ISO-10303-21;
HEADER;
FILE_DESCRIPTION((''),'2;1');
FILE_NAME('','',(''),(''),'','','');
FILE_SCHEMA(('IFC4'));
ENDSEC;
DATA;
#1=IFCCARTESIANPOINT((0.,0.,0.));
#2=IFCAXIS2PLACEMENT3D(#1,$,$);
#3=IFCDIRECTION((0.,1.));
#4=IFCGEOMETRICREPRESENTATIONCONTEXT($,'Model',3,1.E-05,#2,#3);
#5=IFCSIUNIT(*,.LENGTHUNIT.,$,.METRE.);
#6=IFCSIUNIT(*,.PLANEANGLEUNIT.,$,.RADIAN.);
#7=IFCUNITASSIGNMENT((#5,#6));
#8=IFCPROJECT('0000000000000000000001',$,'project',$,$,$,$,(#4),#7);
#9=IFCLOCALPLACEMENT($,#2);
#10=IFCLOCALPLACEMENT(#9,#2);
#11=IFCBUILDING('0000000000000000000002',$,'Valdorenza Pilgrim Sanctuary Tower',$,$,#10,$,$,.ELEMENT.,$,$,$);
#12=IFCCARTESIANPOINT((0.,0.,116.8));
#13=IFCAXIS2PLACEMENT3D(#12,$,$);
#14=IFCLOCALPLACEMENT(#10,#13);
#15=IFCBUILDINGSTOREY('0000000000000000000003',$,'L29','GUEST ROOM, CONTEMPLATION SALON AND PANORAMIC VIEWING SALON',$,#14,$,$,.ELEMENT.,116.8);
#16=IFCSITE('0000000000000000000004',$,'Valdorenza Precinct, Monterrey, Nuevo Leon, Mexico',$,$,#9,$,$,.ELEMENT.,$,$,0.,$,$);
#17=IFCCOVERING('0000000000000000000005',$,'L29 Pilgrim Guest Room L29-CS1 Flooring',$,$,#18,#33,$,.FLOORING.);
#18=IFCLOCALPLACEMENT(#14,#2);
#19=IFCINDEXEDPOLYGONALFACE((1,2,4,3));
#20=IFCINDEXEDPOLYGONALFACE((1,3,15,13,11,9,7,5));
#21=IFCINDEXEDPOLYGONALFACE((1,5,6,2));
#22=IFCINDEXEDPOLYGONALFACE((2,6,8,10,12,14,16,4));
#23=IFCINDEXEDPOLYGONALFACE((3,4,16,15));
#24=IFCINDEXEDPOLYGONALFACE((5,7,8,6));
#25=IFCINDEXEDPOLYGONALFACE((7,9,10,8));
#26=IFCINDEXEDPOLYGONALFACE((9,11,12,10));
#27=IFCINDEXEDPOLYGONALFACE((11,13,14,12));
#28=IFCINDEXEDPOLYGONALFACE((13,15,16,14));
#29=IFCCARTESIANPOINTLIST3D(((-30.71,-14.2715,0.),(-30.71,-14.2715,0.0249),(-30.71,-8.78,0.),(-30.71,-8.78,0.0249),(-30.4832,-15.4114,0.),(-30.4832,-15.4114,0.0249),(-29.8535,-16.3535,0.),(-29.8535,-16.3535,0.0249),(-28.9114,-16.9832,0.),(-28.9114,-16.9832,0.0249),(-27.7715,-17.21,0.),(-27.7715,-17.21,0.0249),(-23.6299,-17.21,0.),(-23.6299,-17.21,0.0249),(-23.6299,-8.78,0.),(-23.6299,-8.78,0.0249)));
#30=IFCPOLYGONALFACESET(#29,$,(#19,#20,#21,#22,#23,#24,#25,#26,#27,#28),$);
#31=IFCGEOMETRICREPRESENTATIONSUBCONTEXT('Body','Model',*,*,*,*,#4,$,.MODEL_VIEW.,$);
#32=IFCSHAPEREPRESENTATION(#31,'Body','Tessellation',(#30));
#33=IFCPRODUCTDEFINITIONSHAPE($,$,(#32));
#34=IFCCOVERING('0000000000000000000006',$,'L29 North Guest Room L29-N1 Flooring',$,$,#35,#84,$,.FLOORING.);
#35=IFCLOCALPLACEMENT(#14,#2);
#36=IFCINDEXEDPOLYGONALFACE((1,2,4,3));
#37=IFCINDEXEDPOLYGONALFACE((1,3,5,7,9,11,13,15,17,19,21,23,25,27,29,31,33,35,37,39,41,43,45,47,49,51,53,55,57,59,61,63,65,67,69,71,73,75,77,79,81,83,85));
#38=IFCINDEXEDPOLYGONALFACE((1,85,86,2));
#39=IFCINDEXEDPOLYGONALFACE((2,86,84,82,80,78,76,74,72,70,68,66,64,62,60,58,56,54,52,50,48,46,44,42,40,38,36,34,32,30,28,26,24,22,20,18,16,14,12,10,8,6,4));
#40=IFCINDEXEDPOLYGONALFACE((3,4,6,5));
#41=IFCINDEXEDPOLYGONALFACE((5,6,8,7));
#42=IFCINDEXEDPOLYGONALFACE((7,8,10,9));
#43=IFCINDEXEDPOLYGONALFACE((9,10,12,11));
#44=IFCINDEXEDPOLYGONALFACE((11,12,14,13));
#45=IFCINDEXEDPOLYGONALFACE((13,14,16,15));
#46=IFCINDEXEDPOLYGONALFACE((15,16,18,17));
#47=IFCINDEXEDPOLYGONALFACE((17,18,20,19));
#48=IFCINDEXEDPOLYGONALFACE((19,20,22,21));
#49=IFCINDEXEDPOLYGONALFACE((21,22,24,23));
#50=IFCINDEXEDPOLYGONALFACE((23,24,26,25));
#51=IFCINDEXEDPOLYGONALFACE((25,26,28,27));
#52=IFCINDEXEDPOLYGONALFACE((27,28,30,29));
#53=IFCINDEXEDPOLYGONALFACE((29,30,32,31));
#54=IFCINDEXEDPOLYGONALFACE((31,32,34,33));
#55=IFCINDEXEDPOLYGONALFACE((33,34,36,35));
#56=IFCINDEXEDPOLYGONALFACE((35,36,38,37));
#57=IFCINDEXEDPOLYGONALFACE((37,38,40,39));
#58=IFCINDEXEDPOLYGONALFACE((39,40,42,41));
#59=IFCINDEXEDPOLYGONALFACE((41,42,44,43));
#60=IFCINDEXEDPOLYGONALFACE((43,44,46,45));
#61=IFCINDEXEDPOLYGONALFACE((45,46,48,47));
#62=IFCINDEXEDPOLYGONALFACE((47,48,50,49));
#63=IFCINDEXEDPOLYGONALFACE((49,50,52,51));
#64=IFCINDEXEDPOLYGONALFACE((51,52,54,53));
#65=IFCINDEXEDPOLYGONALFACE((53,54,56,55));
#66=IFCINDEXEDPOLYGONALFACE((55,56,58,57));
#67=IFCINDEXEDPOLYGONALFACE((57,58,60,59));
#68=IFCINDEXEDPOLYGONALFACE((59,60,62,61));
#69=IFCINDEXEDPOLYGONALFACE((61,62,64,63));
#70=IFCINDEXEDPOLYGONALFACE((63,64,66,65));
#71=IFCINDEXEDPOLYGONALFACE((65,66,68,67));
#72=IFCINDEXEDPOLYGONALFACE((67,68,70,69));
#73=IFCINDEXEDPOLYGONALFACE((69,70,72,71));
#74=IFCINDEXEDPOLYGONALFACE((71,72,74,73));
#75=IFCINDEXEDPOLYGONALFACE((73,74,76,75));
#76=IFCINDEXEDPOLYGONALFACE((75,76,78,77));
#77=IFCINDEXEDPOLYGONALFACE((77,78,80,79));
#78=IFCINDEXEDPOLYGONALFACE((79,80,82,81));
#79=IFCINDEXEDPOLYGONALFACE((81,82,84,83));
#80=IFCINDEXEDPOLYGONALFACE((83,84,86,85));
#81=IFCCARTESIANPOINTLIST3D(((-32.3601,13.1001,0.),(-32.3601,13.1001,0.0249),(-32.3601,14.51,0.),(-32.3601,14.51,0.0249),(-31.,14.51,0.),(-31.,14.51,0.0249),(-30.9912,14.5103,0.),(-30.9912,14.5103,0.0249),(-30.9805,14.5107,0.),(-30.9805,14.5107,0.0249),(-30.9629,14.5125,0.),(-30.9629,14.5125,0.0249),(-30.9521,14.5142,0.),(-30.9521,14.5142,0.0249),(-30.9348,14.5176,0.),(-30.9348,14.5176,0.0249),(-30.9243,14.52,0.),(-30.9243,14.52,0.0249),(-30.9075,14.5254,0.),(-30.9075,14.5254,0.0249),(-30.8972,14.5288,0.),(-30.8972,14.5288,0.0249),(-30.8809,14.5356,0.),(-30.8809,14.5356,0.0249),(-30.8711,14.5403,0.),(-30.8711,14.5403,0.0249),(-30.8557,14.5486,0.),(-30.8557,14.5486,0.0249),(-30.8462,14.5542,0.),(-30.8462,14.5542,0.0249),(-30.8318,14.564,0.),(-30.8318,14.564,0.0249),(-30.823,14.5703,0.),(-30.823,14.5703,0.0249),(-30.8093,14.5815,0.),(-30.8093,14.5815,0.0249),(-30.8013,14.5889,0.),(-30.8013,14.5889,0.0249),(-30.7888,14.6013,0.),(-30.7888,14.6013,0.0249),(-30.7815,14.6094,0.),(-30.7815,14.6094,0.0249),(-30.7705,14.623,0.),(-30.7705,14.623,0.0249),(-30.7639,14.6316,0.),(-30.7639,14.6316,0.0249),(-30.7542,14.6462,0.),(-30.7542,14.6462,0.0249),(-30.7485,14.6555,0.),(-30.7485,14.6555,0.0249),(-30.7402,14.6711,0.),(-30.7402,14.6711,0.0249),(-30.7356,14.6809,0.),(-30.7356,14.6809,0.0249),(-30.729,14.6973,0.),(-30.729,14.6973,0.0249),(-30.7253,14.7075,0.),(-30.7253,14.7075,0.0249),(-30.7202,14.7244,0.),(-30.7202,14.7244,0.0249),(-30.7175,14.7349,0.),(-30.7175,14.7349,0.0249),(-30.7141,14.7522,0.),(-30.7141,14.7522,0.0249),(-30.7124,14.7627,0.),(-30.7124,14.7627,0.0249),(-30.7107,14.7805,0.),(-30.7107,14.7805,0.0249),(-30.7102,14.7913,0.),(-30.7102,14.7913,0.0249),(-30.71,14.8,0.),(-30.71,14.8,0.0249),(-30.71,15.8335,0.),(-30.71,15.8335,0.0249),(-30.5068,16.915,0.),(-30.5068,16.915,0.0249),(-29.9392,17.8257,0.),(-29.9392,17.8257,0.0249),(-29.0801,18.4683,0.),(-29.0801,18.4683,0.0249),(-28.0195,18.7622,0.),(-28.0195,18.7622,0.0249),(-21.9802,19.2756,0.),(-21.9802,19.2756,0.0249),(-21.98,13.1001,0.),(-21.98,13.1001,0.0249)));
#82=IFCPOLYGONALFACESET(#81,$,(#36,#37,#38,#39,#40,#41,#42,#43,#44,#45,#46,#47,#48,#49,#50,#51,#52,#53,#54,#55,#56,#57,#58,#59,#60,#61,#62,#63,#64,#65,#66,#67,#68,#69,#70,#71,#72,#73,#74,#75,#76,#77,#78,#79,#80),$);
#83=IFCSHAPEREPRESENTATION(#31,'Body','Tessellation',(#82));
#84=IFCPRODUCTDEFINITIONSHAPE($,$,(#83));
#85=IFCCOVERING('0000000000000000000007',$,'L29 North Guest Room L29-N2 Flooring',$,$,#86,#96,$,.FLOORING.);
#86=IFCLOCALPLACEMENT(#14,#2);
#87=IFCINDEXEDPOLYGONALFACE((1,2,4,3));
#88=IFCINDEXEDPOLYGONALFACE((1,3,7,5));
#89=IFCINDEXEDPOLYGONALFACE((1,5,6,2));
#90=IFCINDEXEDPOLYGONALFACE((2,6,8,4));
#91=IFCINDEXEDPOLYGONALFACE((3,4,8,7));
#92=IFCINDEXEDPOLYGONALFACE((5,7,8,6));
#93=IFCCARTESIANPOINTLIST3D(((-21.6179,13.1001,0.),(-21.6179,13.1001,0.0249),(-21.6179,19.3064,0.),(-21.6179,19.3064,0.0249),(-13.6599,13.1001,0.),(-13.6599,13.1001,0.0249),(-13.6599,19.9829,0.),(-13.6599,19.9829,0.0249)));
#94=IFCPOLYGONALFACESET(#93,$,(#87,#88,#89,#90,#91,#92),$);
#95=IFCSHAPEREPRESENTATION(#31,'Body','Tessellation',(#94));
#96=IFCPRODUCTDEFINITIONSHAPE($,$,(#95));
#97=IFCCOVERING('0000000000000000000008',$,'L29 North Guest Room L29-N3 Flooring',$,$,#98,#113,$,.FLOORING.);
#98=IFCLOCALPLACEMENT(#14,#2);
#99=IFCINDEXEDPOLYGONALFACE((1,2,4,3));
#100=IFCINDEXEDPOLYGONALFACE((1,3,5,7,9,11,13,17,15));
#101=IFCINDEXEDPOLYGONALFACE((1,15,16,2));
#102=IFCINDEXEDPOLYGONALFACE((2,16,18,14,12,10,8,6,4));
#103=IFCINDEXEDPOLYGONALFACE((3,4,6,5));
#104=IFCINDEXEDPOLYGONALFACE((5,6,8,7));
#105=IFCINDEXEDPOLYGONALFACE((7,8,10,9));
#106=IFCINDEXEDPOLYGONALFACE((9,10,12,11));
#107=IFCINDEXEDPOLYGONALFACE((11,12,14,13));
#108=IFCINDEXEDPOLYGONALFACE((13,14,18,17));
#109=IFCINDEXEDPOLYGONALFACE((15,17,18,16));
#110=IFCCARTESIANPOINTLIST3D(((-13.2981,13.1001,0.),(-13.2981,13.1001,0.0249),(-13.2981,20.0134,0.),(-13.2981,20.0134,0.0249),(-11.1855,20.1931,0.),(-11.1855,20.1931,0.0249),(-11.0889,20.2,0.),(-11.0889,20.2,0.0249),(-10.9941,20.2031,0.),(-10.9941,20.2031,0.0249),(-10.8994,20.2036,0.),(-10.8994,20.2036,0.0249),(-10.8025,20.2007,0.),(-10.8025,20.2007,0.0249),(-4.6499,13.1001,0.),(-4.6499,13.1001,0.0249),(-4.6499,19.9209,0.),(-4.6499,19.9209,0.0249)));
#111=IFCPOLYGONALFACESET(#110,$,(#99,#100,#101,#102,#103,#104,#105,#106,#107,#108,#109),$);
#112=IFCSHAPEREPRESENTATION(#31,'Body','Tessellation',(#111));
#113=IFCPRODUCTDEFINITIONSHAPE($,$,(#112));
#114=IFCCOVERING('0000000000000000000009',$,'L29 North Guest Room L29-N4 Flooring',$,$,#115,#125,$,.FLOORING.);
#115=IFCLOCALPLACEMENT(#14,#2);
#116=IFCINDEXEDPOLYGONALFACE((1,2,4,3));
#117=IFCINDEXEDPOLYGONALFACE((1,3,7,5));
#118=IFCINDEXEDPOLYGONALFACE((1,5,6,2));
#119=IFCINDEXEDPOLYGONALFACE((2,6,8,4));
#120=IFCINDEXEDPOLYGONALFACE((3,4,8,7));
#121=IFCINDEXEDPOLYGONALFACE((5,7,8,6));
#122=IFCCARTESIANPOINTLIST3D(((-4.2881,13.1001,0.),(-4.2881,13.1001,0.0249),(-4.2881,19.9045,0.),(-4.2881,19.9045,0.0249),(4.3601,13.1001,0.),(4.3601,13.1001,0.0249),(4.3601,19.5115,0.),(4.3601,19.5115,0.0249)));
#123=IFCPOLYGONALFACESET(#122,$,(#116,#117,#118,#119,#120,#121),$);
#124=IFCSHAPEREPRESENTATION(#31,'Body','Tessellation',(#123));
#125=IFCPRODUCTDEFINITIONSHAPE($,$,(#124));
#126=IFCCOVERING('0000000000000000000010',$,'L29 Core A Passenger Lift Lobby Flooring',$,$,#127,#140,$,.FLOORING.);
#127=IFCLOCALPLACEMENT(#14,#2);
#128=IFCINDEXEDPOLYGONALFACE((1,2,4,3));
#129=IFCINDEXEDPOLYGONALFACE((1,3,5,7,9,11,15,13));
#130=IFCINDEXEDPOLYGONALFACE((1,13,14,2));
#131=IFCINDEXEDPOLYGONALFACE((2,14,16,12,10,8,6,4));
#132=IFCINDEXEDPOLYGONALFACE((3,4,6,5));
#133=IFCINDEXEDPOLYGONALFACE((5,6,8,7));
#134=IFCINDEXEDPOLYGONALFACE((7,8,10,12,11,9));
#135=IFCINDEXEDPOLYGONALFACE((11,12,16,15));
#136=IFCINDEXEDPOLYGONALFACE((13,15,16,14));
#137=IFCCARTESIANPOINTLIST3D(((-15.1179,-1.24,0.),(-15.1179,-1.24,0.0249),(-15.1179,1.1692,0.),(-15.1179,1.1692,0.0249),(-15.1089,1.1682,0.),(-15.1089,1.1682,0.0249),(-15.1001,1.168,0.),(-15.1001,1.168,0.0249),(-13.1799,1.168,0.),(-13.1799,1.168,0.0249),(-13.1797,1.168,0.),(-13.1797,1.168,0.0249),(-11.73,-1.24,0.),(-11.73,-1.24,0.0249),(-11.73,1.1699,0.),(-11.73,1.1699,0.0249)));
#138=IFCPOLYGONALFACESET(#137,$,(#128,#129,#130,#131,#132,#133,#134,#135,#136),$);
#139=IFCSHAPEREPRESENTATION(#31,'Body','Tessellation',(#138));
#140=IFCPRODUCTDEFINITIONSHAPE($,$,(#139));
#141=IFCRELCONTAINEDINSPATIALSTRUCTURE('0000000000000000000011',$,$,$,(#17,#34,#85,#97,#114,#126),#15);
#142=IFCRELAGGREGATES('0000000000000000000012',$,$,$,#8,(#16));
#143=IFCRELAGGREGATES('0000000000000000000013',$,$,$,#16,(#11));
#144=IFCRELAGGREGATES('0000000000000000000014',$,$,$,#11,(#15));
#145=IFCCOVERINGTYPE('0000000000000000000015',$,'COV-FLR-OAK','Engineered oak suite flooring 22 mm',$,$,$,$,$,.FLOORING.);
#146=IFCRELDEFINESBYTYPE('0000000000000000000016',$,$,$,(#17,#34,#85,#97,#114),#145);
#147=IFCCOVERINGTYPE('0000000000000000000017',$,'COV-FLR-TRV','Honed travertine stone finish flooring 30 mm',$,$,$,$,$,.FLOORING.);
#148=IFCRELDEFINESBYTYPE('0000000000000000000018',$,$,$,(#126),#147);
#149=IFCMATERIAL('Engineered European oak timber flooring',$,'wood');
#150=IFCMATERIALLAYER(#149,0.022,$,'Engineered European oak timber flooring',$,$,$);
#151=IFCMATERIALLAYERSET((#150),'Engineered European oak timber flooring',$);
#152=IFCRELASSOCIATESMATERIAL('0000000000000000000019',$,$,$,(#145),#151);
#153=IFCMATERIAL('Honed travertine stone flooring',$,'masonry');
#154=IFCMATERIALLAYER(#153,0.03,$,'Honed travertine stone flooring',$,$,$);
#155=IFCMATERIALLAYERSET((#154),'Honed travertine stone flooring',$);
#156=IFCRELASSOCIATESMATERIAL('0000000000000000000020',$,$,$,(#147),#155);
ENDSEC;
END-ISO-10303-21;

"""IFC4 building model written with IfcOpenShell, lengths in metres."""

from ifc_helpers import new_model, si_unit, direction, frame, origin, place, context, subcontext, project, spatial, polyline, outline, extrude, material, layer, layer_set, type_object, element, save


model = new_model("IFC4")

# Units and contexts
model_context = context("Model", 3, precision=1e-05, world=origin(), true_north=direction((0.0, 1.0)))
body_context = subcontext(model_context, "Body", "Model", "MODEL_VIEW")
ifc_project = project(units=[si_unit("LENGTHUNIT", "METRE"), si_unit("PLANEANGLEUNIT", "RADIAN")], contexts=[model_context])

# Site, building, storey
site_placement = place(None, origin())
site = spatial("IfcSite", under=ifc_project, at=site_placement, Name="Valdorenza Precinct, Monterrey, Nuevo Leon, Mexico", CompositionType="ELEMENT", RefElevation=0.0)
building_placement = place(site_placement, origin())
building = spatial("IfcBuilding", under=site, at=building_placement, Name="Valdorenza Pilgrim Sanctuary Tower", CompositionType="ELEMENT")
storey_placement = place(building_placement, frame((0.0, 0.0, 116.8)))
storey = spatial("IfcBuildingStorey", under=building, at=storey_placement, Name="L29", Description="GUEST ROOM, CONTEMPLATION SALON AND PANORAMIC VIEWING SALON", CompositionType="ELEMENT", Elevation=116.8)

# Coverings
ifc_material_1 = material(Name="Engineered European oak timber flooring", Category="wood")
ifc_layer_1 = layer(ifc_material_1, 0.022, Name="Engineered European oak timber flooring")
ifc_layer_set_1 = layer_set([ifc_layer_1], Name="Engineered European oak timber flooring")
covering_type_1 = type_object("IfcCoveringType", Name="COV-FLR-OAK", Description="Engineered oak suite flooring 22 mm", PredefinedType="FLOORING", material=ifc_layer_set_1)
covering_1_placement = place(storey_placement, origin())
element("IfcCovering", 1, at=covering_1_placement, inside=storey, type_object=covering_type_1, Name="L29 Pilgrim Guest Room L29-CS1 Flooring", PredefinedType="FLOORING", context=body_context, shape_type="SweptSolid", body=[
    extrude(outline(polyline([(-23.6299, -8.78), (-23.6299, -17.21), (-27.7715, -17.21), (-28.9114, -16.9832), (-29.8535, -16.3535), (-30.4832, -15.4114), (-30.71, -14.2715), (-30.71, -8.78), (-23.6299, -8.78)])), origin(), (0.0, 0.0, 1.0), 0.0249),
])
covering_2_placement = place(storey_placement, origin())
element("IfcCovering", 2, at=covering_2_placement, inside=storey, type_object=covering_type_1, Name="L29 North Guest Room L29-N1 Flooring", PredefinedType="FLOORING", context=body_context, shape_type="SweptSolid", body=[
    extrude(outline(polyline([(-31.0, 14.51), (-30.9912, 14.5103), (-30.9805, 14.5107), (-30.9629, 14.5125), (-30.9521, 14.5142), (-30.9348, 14.5176), (-30.9243, 14.52), (-30.9075, 14.5254), (-30.8972, 14.5288), (-30.8809, 14.5356), (-30.8711, 14.5403), (-30.8557, 14.5486), (-30.8462, 14.5542), (-30.8318, 14.564), (-30.823, 14.5703), (-30.8093, 14.5815), (-30.8013, 14.5889), (-30.7888, 14.6013), (-30.7815, 14.6094), (-30.7705, 14.623), (-30.7639, 14.6316), (-30.7542, 14.6462), (-30.7485, 14.6555), (-30.7402, 14.6711), (-30.7356, 14.6809), (-30.729, 14.6973), (-30.7253, 14.7075), (-30.7202, 14.7244), (-30.7175, 14.7349), (-30.7141, 14.7522), (-30.7124, 14.7627), (-30.7107, 14.7805), (-30.7102, 14.7913), (-30.71, 14.8), (-30.71, 15.8335), (-30.5068, 16.915), (-29.9392, 17.8257), (-29.0801, 18.4683), (-28.0195, 18.7622), (-21.9802, 19.2756), (-21.98, 13.1001), (-32.3601, 13.1001), (-32.3601, 14.51), (-31.0, 14.51)])), origin(), (0.0, 0.0, 1.0), 0.0249),
])
covering_3_placement = place(storey_placement, origin())
element("IfcCovering", 3, at=covering_3_placement, inside=storey, type_object=covering_type_1, Name="L29 North Guest Room L29-N2 Flooring", PredefinedType="FLOORING", context=body_context, shape_type="SweptSolid", body=[
    extrude(outline(polyline([(-13.6599, 19.9829), (-13.6599, 13.1001), (-21.6179, 13.1001), (-21.6179, 19.3064), (-13.6599, 19.9829)])), origin(), (0.0, 0.0, 1.0), 0.0249),
])
covering_4_placement = place(storey_placement, origin())
element("IfcCovering", 4, at=covering_4_placement, inside=storey, type_object=covering_type_1, Name="L29 North Guest Room L29-N3 Flooring", PredefinedType="FLOORING", context=body_context, shape_type="SweptSolid", body=[
    extrude(outline(polyline([(-11.1855, 20.1931), (-11.0889, 20.2), (-10.9941, 20.2031), (-10.8994, 20.2036), (-10.8025, 20.2007), (-4.6499, 19.9209), (-4.6499, 13.1001), (-13.2981, 13.1001), (-13.2981, 20.0134), (-11.1855, 20.1931)])), origin(), (0.0, 0.0, 1.0), 0.0249),
])
covering_5_placement = place(storey_placement, origin())
element("IfcCovering", 5, at=covering_5_placement, inside=storey, type_object=covering_type_1, Name="L29 North Guest Room L29-N4 Flooring", PredefinedType="FLOORING", context=body_context, shape_type="SweptSolid", body=[
    extrude(outline(polyline([(4.3601, 19.5115), (4.3601, 13.1001), (-4.2881, 13.1001), (-4.2881, 19.9045), (4.3601, 19.5115)])), origin(), (0.0, 0.0, 1.0), 0.0249),
])
ifc_material_2 = material(Name="Honed travertine stone flooring", Category="masonry")
ifc_layer_2 = layer(ifc_material_2, 0.03, Name="Honed travertine stone flooring")
ifc_layer_set_2 = layer_set([ifc_layer_2], Name="Honed travertine stone flooring")
covering_type_2 = type_object("IfcCoveringType", Name="COV-FLR-TRV", Description="Honed travertine stone finish flooring 30 mm", PredefinedType="FLOORING", material=ifc_layer_set_2)
covering_6_placement = place(storey_placement, origin())
element("IfcCovering", 6, at=covering_6_placement, inside=storey, type_object=covering_type_2, Name="L29 Core A Passenger Lift Lobby Flooring", PredefinedType="FLOORING", context=body_context, shape_type="SweptSolid", body=[
    extrude(outline(polyline([(-15.1179, 1.1692), (-15.1089, 1.1682), (-15.1089, 1.1682), (-15.1001, 1.168), (-13.1799, 1.168), (-13.1797, 1.168), (-11.73, 1.1699), (-11.73, -1.24), (-15.1179, -1.24), (-15.1179, 1.1692)])), origin(), (0.0, 0.0, 1.0), 0.0249),
])

save(model, "model.ifc")
